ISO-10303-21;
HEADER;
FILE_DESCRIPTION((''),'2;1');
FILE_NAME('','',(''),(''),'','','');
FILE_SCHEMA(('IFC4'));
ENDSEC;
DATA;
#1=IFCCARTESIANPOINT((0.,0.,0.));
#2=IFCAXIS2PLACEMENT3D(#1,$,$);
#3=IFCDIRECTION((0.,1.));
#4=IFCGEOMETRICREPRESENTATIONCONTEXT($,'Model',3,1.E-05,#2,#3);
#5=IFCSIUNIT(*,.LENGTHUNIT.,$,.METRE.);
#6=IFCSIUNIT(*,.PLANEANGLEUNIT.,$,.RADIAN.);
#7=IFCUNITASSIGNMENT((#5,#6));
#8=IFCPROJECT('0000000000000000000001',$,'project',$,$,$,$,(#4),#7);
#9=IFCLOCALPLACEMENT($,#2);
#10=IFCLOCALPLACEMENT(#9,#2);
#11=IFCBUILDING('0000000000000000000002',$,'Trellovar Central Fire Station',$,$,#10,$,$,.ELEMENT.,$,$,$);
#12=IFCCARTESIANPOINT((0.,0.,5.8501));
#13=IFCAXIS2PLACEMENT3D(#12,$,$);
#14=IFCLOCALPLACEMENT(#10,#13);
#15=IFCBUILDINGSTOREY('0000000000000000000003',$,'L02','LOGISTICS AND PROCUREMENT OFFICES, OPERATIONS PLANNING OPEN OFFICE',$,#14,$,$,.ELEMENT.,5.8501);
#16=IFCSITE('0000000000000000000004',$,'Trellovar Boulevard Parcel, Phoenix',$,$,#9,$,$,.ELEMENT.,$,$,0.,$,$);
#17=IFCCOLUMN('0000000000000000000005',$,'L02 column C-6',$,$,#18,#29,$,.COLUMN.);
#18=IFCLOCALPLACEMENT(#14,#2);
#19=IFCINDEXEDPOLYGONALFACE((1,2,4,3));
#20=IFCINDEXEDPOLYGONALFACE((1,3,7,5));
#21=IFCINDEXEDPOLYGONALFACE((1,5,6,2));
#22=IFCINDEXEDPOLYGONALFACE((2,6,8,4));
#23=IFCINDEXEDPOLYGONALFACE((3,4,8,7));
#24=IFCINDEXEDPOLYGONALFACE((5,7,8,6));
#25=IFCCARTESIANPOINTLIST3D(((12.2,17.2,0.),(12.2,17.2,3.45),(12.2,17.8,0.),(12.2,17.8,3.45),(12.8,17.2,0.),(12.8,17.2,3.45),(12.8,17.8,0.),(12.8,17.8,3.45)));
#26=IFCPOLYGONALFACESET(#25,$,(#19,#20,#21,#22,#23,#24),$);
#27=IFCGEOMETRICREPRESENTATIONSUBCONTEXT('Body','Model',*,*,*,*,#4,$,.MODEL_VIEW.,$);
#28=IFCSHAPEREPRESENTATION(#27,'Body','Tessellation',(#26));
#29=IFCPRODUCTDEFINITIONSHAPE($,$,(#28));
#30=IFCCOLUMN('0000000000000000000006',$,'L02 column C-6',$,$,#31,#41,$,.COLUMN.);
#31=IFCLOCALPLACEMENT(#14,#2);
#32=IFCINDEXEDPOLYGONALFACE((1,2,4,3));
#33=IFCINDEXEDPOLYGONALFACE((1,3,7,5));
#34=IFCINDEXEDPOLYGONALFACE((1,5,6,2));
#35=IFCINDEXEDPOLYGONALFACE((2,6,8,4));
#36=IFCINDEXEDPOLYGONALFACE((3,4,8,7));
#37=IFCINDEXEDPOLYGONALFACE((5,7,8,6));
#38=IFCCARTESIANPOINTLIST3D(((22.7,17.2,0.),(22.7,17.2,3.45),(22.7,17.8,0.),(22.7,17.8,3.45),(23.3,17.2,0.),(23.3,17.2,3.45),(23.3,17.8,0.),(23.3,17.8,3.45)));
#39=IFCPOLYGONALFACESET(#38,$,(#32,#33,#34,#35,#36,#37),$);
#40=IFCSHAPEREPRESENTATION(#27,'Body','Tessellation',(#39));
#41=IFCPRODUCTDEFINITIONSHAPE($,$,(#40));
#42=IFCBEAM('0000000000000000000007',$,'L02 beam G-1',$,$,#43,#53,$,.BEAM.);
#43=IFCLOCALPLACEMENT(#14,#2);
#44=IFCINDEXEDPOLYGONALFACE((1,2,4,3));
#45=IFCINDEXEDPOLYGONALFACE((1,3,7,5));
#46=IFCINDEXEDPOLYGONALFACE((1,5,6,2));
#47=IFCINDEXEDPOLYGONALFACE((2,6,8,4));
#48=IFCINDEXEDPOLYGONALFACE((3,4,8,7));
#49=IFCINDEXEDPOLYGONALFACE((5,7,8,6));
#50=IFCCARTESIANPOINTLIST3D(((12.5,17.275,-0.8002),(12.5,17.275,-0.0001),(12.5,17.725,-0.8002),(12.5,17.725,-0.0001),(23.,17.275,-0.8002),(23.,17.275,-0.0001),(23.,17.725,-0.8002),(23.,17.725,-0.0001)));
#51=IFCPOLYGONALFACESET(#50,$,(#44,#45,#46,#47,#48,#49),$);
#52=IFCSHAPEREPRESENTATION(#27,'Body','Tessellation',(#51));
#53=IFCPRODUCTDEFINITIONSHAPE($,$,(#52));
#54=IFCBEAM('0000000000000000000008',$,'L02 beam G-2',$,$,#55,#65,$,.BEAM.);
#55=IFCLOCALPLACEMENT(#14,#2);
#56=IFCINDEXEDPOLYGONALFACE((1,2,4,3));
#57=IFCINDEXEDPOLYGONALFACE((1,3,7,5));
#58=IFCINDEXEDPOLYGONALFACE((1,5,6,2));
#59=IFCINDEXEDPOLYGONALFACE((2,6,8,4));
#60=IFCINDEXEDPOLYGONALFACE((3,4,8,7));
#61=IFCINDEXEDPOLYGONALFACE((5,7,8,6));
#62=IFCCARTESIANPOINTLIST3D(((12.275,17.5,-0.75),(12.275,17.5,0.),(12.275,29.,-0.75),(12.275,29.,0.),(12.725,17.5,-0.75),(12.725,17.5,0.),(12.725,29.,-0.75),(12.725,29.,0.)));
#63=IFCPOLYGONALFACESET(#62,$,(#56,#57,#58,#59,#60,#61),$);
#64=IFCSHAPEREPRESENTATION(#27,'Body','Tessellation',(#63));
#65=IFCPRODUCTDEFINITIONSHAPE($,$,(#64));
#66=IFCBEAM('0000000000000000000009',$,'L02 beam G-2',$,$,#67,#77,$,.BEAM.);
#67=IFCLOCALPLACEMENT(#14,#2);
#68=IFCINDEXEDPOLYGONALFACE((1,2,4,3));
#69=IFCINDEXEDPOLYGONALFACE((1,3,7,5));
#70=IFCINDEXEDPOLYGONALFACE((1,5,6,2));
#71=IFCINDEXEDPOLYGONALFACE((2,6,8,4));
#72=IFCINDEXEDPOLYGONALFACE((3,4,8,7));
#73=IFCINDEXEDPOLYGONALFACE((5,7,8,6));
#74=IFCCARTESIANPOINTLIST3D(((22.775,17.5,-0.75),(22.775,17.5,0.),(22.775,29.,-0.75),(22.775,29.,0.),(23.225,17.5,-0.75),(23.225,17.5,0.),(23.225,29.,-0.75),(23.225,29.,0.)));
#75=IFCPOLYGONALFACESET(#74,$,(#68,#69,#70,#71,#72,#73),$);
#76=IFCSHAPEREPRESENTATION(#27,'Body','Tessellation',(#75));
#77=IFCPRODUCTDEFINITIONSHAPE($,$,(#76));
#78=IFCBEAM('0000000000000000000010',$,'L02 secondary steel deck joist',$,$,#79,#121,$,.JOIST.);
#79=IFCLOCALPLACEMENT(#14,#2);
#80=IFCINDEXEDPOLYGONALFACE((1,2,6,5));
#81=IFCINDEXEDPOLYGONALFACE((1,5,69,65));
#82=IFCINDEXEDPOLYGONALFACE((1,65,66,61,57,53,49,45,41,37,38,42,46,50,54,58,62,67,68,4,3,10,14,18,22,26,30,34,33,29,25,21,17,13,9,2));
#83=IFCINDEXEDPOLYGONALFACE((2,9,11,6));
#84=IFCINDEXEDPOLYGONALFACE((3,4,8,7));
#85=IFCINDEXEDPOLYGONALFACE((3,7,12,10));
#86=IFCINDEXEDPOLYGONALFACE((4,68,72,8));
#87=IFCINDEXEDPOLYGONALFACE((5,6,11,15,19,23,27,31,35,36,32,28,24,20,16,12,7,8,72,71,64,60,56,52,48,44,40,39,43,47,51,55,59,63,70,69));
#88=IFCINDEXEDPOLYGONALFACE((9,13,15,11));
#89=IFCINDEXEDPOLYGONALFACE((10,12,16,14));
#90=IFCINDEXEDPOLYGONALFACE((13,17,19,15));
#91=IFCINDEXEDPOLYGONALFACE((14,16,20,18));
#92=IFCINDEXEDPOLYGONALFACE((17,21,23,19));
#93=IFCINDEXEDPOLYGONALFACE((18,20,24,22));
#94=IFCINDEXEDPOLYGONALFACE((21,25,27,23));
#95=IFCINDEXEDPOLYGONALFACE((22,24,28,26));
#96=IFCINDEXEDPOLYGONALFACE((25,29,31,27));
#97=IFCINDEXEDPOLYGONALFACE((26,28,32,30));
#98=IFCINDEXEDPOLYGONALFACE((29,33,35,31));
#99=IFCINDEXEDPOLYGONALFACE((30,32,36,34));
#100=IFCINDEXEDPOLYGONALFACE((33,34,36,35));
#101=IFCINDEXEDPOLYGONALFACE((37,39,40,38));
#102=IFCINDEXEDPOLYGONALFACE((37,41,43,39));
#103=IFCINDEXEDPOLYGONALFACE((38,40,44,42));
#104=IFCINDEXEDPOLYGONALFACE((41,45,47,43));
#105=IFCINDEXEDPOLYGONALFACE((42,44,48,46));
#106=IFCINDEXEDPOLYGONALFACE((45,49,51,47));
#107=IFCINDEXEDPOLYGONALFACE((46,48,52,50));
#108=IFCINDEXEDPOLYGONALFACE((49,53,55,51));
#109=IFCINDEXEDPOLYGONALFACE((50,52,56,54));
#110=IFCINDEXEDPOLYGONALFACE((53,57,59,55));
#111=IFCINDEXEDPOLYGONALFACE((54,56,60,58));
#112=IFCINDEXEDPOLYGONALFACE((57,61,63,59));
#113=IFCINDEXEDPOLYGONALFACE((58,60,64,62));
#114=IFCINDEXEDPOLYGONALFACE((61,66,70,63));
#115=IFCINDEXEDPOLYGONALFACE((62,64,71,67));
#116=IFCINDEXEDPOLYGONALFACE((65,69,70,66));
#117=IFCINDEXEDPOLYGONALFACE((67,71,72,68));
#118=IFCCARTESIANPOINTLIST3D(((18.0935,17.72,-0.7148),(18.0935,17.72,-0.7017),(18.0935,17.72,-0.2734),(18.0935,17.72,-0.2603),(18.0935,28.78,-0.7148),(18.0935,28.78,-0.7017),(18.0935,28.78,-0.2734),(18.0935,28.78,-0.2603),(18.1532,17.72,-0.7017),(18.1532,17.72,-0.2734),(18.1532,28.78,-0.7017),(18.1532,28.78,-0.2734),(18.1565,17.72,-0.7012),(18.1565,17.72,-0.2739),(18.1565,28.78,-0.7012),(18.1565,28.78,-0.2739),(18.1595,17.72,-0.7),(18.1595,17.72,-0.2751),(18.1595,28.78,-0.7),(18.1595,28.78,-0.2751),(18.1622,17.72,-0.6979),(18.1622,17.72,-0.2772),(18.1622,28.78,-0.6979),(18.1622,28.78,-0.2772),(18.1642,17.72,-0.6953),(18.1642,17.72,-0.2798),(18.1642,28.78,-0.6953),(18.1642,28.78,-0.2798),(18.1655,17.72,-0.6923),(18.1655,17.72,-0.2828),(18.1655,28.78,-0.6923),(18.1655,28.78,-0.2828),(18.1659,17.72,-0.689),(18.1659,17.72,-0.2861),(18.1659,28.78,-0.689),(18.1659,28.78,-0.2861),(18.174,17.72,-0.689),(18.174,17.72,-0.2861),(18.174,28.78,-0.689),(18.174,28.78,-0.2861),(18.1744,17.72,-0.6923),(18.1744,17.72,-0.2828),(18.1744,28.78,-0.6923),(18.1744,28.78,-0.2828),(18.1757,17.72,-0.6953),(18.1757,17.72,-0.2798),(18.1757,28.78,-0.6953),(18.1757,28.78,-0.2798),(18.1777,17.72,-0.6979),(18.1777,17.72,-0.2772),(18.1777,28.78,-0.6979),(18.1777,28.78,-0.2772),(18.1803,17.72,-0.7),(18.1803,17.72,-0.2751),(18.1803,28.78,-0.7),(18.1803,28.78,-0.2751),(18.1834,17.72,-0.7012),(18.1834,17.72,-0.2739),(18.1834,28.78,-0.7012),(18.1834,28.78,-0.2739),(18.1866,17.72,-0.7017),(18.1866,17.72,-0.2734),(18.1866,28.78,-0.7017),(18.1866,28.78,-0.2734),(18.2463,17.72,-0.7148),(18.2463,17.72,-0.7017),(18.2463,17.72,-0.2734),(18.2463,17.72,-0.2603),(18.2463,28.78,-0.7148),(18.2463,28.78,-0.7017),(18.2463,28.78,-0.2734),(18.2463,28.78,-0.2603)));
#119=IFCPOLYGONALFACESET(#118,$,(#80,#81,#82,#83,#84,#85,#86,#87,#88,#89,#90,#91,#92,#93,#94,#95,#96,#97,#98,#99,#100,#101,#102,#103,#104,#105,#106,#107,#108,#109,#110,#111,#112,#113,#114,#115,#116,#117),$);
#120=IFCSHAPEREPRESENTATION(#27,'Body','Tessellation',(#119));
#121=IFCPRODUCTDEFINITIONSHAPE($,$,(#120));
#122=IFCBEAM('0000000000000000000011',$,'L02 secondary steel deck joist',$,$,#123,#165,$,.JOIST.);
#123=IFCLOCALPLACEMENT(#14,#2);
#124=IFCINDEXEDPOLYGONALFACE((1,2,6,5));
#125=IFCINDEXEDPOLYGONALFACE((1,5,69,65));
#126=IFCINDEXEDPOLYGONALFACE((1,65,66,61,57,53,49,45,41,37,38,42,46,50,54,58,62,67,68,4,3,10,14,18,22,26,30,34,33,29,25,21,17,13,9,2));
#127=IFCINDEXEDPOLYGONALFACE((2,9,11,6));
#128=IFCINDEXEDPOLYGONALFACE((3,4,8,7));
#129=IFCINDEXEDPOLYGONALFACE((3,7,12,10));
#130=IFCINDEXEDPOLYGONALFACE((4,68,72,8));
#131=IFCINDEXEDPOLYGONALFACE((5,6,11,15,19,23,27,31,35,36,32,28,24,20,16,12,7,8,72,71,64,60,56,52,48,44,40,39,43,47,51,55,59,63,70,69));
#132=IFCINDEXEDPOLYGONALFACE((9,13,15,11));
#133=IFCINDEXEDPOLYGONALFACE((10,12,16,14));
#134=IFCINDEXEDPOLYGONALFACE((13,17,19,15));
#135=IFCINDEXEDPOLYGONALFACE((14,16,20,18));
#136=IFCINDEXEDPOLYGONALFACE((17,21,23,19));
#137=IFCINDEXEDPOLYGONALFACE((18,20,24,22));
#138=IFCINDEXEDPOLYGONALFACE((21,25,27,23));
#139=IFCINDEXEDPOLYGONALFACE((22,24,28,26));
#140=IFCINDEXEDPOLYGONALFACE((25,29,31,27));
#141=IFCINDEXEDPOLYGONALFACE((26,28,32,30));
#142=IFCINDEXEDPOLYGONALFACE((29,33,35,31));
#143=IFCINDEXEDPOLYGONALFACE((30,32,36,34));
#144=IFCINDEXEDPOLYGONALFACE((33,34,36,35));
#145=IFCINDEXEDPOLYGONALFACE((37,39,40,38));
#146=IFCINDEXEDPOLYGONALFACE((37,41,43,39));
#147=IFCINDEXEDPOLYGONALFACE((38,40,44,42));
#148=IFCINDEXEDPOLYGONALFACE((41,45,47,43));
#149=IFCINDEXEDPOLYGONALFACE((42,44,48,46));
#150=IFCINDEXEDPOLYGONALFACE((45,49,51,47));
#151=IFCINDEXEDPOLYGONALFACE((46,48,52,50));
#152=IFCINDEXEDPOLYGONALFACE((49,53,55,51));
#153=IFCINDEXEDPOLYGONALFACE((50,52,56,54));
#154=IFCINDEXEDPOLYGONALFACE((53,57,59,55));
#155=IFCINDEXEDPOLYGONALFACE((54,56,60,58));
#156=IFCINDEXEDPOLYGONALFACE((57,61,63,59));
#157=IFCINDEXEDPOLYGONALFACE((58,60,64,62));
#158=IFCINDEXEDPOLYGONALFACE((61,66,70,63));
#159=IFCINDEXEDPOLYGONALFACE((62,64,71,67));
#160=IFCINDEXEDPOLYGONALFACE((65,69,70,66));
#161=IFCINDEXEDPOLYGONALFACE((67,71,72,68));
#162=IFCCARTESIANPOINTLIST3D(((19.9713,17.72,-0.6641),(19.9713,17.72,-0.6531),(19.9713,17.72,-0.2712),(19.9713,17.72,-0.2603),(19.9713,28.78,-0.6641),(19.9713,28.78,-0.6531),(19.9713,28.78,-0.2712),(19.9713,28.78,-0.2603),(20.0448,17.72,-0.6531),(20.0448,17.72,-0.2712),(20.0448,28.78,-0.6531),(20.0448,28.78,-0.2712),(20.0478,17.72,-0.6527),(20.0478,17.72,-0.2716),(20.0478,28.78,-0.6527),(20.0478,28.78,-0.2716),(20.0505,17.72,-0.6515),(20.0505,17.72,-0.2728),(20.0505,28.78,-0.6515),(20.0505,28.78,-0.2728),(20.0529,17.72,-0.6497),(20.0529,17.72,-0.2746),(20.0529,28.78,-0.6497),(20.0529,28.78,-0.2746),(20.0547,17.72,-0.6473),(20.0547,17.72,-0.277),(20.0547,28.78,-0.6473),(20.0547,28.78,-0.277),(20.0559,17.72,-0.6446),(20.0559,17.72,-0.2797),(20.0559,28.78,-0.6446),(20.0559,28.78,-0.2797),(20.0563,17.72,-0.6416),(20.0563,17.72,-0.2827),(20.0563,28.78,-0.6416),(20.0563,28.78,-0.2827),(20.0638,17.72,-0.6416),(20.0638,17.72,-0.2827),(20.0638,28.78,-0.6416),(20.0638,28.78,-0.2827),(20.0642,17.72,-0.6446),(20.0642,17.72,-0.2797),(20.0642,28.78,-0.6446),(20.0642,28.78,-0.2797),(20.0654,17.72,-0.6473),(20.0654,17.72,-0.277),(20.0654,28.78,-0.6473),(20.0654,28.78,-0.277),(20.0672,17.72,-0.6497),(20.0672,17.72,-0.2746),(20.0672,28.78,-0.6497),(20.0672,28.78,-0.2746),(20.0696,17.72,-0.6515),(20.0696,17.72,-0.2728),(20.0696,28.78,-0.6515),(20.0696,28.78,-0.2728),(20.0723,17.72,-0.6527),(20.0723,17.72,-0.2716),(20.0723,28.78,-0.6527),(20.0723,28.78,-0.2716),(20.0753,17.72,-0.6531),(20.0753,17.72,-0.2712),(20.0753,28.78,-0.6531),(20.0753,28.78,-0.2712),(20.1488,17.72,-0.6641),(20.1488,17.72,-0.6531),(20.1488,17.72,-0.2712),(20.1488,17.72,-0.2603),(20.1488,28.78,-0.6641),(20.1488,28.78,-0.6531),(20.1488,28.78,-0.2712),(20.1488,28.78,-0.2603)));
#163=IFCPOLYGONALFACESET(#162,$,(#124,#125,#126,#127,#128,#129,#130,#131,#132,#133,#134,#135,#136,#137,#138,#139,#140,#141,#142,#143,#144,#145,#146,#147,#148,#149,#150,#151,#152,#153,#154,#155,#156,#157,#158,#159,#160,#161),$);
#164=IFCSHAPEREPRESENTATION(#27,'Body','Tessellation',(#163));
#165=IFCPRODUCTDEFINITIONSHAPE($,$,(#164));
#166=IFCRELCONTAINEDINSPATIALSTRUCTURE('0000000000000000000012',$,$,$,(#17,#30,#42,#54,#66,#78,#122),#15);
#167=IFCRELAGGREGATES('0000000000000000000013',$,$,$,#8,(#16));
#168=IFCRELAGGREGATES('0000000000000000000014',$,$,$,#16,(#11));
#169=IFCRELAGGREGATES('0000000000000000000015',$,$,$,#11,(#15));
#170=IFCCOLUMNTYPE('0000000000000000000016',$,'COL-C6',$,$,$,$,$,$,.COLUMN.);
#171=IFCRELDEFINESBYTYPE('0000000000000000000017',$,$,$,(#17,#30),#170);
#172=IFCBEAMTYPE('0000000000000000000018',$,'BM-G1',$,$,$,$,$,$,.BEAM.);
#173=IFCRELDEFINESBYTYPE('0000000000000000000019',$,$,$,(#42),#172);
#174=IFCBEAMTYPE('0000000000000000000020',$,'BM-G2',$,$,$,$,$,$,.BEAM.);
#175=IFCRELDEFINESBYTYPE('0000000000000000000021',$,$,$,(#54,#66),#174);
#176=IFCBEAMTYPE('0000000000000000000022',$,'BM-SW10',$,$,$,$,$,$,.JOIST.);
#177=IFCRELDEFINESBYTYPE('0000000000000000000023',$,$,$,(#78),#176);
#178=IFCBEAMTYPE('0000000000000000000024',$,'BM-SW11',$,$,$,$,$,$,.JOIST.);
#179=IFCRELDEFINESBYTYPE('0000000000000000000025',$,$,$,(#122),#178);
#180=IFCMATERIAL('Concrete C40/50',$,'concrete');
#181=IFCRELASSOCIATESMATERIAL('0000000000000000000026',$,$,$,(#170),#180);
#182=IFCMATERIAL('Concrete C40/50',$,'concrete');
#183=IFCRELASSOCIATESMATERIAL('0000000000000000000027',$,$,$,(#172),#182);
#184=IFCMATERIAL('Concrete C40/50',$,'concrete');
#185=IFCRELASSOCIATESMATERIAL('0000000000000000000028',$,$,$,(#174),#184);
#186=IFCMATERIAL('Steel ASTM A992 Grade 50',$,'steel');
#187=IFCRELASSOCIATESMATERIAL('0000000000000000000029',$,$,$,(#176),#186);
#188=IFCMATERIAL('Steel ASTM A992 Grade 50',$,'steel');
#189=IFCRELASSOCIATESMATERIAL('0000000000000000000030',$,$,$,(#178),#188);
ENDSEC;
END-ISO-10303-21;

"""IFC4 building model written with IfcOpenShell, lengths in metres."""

from ifc_helpers import new_model, si_unit, direction, frame, origin, origin_2d, place, context, subcontext, project, spatial, rectangle, i_section, extrude, material, material_profile, profile_set, type_object, element, save


model = new_model("IFC4")

# Units and contexts
model_context = context("Model", 3, precision=1e-05, world=origin(), true_north=direction((0.0, 1.0)))
body_context = subcontext(model_context, "Body", "Model", "MODEL_VIEW")
ifc_project = project(units=[si_unit("LENGTHUNIT", "METRE"), si_unit("PLANEANGLEUNIT", "RADIAN")], contexts=[model_context])

# Site, building, storey
site_placement = place(None, origin())
site = spatial("IfcSite", under=ifc_project, at=site_placement, Name="Trellovar Boulevard Parcel, Phoenix", CompositionType="ELEMENT", RefElevation=0.0)
building_placement = place(site_placement, origin())
building = spatial("IfcBuilding", under=site, at=building_placement, Name="Trellovar Central Fire Station", CompositionType="ELEMENT")
storey_placement = place(building_placement, frame((0.0, 0.0, 5.8501)))
storey = spatial("IfcBuildingStorey", under=building, at=storey_placement, Name="L02", Description="LOGISTICS AND PROCUREMENT OFFICES, OPERATIONS PLANNING OPEN OFFICE", CompositionType="ELEMENT", Elevation=5.8501)

# Columns
ifc_material_1 = material(Name="Concrete C40/50", Category="concrete")
ifc_material_profile_1 = material_profile(ifc_material_1, rectangle(XDim=0.6001, YDim=0.6001, at=origin_2d()), Name="RC600X600")
ifc_profile_set_1 = profile_set([ifc_material_profile_1], Name="Concrete C40/50")
column_type = type_object("IfcColumnType", Name="COL-C6", PredefinedType="COLUMN", material=ifc_profile_set_1)
for number, where, z_axis, x_axis, name in (
    (1, (12.5, 17.5, 0.0), (0.0, 0.0, 1.0), (1.0, 0.0, 0.0), "L02 column C-6"),
    (2, (23.0, 17.5, 0.0), (0.0, 0.0, 1.0), (1.0, 0.0, 0.0), "L02 column C-6"),
):
    element("IfcColumn", number, at=place(storey_placement, frame(where, z_axis=z_axis, x_axis=x_axis)), inside=storey, type_object=column_type, Name=name, PredefinedType="COLUMN", context=body_context, shape_type="SweptSolid", body=[
        extrude(rectangle(XDim=0.6001, YDim=0.6001, at=origin_2d()), origin(), (0.0, 0.0, 1.0), 3.45),
    ])

# Beams
ifc_material_2 = material(Name="Concrete C40/50", Category="concrete")
ifc_material_profile_2 = material_profile(ifc_material_2, rectangle(XDim=0.45, YDim=0.8, at=origin_2d()), Name="RC450X800")
ifc_profile_set_2 = profile_set([ifc_material_profile_2], Name="Concrete C40/50")
beam_type_1 = type_object("IfcBeamType", Name="BM-G1", PredefinedType="BEAM", material=ifc_profile_set_2)
beam_1_placement = place(storey_placement, frame((12.5, 17.5, -0.4001), z_axis=(1.0, 0.0, 0.0), x_axis=(0.0, 1.0, 0.0)))
element("IfcBeam", 3, at=beam_1_placement, inside=storey, type_object=beam_type_1, Name="L02 beam G-1", PredefinedType="BEAM", context=body_context, shape_type="SweptSolid", body=[
    extrude(rectangle(XDim=0.45, YDim=0.8, at=origin_2d()), origin(), (0.0, 0.0, 1.0), 10.5),
])
ifc_material_3 = material(Name="Concrete C40/50", Category="concrete")
ifc_material_profile_3 = material_profile(ifc_material_3, rectangle(XDim=0.45, YDim=0.75, at=origin_2d()), Name="RC450X750")
ifc_profile_set_3 = profile_set([ifc_material_profile_3], Name="Concrete C40/50")
beam_type_2 = type_object("IfcBeamType", Name="BM-G2", PredefinedType="BEAM", material=ifc_profile_set_3)
for number, where, z_axis, x_axis, name in (
    (4, (12.5, 17.5, -0.375), (0.0, 1.0, 0.0), (-1.0, 0.0, 0.0), "L02 beam G-2"),
    (5, (23.0, 17.5, -0.375), (0.0, 1.0, 0.0), (-1.0, 0.0, 0.0), "L02 beam G-2"),
):
    element("IfcBeam", number, at=place(storey_placement, frame(where, z_axis=z_axis, x_axis=x_axis)), inside=storey, type_object=beam_type_2, Name=name, PredefinedType="BEAM", context=body_context, shape_type="SweptSolid", body=[
        extrude(rectangle(XDim=0.45, YDim=0.75, at=origin_2d()), origin(), (0.0, 0.0, 1.0), 11.5),
    ])
ifc_material_4 = material(Name="Steel ASTM A992 Grade 50", Category="steel")
ifc_material_profile_4 = material_profile(ifc_material_4, i_section(OverallWidth=0.1528, OverallDepth=0.4546, WebThickness=0.0081, FlangeThickness=0.0132, FilletRadius=0.0127, at=origin_2d()), Name="W18X40")
ifc_profile_set_4 = profile_set([ifc_material_profile_4], Name="Steel ASTM A992 Grade 50")
beam_type_3 = type_object("IfcBeamType", Name="BM-SW10", PredefinedType="JOIST", material=ifc_profile_set_4)
beam_2_placement = place(storey_placement, frame((18.1699, 17.72, -0.4875), z_axis=(0.0, 1.0, 0.0), x_axis=(-1.0, 0.0, 0.0)))
element("IfcBeam", 6, at=beam_2_placement, inside=storey, type_object=beam_type_3, Name="L02 secondary steel deck joist", PredefinedType="JOIST", context=body_context, shape_type="SweptSolid", body=[
    extrude(i_section(OverallWidth=0.1528, OverallDepth=0.4546, WebThickness=0.0081, FlangeThickness=0.0132, FilletRadius=0.0127, at=origin_2d()), origin(), (0.0, 0.0, 1.0), 11.0601),
])
ifc_material_5 = material(Name="Steel ASTM A992 Grade 50", Category="steel")
ifc_material_profile_5 = material_profile(ifc_material_5, i_section(OverallWidth=0.1775, OverallDepth=0.4038, WebThickness=0.0076, FlangeThickness=0.011, FilletRadius=0.0115, at=origin_2d()), Name="W16X36")
ifc_profile_set_5 = profile_set([ifc_material_profile_5], Name="Steel ASTM A992 Grade 50")
beam_type_4 = type_object("IfcBeamType", Name="BM-SW11", PredefinedType="JOIST", material=ifc_profile_set_5)
beam_3_placement = place(storey_placement, frame((20.0601, 17.72, -0.4622), z_axis=(0.0, 1.0, 0.0), x_axis=(-1.0, 0.0, 0.0)))
element("IfcBeam", 7, at=beam_3_placement, inside=storey, type_object=beam_type_4, Name="L02 secondary steel deck joist", PredefinedType="JOIST", context=body_context, shape_type="SweptSolid", body=[
    extrude(i_section(OverallWidth=0.1775, OverallDepth=0.4038, WebThickness=0.0076, FlangeThickness=0.011, FilletRadius=0.0115, at=origin_2d()), origin(), (0.0, 0.0, 1.0), 11.0601),
])

save(model, "model.ifc")
